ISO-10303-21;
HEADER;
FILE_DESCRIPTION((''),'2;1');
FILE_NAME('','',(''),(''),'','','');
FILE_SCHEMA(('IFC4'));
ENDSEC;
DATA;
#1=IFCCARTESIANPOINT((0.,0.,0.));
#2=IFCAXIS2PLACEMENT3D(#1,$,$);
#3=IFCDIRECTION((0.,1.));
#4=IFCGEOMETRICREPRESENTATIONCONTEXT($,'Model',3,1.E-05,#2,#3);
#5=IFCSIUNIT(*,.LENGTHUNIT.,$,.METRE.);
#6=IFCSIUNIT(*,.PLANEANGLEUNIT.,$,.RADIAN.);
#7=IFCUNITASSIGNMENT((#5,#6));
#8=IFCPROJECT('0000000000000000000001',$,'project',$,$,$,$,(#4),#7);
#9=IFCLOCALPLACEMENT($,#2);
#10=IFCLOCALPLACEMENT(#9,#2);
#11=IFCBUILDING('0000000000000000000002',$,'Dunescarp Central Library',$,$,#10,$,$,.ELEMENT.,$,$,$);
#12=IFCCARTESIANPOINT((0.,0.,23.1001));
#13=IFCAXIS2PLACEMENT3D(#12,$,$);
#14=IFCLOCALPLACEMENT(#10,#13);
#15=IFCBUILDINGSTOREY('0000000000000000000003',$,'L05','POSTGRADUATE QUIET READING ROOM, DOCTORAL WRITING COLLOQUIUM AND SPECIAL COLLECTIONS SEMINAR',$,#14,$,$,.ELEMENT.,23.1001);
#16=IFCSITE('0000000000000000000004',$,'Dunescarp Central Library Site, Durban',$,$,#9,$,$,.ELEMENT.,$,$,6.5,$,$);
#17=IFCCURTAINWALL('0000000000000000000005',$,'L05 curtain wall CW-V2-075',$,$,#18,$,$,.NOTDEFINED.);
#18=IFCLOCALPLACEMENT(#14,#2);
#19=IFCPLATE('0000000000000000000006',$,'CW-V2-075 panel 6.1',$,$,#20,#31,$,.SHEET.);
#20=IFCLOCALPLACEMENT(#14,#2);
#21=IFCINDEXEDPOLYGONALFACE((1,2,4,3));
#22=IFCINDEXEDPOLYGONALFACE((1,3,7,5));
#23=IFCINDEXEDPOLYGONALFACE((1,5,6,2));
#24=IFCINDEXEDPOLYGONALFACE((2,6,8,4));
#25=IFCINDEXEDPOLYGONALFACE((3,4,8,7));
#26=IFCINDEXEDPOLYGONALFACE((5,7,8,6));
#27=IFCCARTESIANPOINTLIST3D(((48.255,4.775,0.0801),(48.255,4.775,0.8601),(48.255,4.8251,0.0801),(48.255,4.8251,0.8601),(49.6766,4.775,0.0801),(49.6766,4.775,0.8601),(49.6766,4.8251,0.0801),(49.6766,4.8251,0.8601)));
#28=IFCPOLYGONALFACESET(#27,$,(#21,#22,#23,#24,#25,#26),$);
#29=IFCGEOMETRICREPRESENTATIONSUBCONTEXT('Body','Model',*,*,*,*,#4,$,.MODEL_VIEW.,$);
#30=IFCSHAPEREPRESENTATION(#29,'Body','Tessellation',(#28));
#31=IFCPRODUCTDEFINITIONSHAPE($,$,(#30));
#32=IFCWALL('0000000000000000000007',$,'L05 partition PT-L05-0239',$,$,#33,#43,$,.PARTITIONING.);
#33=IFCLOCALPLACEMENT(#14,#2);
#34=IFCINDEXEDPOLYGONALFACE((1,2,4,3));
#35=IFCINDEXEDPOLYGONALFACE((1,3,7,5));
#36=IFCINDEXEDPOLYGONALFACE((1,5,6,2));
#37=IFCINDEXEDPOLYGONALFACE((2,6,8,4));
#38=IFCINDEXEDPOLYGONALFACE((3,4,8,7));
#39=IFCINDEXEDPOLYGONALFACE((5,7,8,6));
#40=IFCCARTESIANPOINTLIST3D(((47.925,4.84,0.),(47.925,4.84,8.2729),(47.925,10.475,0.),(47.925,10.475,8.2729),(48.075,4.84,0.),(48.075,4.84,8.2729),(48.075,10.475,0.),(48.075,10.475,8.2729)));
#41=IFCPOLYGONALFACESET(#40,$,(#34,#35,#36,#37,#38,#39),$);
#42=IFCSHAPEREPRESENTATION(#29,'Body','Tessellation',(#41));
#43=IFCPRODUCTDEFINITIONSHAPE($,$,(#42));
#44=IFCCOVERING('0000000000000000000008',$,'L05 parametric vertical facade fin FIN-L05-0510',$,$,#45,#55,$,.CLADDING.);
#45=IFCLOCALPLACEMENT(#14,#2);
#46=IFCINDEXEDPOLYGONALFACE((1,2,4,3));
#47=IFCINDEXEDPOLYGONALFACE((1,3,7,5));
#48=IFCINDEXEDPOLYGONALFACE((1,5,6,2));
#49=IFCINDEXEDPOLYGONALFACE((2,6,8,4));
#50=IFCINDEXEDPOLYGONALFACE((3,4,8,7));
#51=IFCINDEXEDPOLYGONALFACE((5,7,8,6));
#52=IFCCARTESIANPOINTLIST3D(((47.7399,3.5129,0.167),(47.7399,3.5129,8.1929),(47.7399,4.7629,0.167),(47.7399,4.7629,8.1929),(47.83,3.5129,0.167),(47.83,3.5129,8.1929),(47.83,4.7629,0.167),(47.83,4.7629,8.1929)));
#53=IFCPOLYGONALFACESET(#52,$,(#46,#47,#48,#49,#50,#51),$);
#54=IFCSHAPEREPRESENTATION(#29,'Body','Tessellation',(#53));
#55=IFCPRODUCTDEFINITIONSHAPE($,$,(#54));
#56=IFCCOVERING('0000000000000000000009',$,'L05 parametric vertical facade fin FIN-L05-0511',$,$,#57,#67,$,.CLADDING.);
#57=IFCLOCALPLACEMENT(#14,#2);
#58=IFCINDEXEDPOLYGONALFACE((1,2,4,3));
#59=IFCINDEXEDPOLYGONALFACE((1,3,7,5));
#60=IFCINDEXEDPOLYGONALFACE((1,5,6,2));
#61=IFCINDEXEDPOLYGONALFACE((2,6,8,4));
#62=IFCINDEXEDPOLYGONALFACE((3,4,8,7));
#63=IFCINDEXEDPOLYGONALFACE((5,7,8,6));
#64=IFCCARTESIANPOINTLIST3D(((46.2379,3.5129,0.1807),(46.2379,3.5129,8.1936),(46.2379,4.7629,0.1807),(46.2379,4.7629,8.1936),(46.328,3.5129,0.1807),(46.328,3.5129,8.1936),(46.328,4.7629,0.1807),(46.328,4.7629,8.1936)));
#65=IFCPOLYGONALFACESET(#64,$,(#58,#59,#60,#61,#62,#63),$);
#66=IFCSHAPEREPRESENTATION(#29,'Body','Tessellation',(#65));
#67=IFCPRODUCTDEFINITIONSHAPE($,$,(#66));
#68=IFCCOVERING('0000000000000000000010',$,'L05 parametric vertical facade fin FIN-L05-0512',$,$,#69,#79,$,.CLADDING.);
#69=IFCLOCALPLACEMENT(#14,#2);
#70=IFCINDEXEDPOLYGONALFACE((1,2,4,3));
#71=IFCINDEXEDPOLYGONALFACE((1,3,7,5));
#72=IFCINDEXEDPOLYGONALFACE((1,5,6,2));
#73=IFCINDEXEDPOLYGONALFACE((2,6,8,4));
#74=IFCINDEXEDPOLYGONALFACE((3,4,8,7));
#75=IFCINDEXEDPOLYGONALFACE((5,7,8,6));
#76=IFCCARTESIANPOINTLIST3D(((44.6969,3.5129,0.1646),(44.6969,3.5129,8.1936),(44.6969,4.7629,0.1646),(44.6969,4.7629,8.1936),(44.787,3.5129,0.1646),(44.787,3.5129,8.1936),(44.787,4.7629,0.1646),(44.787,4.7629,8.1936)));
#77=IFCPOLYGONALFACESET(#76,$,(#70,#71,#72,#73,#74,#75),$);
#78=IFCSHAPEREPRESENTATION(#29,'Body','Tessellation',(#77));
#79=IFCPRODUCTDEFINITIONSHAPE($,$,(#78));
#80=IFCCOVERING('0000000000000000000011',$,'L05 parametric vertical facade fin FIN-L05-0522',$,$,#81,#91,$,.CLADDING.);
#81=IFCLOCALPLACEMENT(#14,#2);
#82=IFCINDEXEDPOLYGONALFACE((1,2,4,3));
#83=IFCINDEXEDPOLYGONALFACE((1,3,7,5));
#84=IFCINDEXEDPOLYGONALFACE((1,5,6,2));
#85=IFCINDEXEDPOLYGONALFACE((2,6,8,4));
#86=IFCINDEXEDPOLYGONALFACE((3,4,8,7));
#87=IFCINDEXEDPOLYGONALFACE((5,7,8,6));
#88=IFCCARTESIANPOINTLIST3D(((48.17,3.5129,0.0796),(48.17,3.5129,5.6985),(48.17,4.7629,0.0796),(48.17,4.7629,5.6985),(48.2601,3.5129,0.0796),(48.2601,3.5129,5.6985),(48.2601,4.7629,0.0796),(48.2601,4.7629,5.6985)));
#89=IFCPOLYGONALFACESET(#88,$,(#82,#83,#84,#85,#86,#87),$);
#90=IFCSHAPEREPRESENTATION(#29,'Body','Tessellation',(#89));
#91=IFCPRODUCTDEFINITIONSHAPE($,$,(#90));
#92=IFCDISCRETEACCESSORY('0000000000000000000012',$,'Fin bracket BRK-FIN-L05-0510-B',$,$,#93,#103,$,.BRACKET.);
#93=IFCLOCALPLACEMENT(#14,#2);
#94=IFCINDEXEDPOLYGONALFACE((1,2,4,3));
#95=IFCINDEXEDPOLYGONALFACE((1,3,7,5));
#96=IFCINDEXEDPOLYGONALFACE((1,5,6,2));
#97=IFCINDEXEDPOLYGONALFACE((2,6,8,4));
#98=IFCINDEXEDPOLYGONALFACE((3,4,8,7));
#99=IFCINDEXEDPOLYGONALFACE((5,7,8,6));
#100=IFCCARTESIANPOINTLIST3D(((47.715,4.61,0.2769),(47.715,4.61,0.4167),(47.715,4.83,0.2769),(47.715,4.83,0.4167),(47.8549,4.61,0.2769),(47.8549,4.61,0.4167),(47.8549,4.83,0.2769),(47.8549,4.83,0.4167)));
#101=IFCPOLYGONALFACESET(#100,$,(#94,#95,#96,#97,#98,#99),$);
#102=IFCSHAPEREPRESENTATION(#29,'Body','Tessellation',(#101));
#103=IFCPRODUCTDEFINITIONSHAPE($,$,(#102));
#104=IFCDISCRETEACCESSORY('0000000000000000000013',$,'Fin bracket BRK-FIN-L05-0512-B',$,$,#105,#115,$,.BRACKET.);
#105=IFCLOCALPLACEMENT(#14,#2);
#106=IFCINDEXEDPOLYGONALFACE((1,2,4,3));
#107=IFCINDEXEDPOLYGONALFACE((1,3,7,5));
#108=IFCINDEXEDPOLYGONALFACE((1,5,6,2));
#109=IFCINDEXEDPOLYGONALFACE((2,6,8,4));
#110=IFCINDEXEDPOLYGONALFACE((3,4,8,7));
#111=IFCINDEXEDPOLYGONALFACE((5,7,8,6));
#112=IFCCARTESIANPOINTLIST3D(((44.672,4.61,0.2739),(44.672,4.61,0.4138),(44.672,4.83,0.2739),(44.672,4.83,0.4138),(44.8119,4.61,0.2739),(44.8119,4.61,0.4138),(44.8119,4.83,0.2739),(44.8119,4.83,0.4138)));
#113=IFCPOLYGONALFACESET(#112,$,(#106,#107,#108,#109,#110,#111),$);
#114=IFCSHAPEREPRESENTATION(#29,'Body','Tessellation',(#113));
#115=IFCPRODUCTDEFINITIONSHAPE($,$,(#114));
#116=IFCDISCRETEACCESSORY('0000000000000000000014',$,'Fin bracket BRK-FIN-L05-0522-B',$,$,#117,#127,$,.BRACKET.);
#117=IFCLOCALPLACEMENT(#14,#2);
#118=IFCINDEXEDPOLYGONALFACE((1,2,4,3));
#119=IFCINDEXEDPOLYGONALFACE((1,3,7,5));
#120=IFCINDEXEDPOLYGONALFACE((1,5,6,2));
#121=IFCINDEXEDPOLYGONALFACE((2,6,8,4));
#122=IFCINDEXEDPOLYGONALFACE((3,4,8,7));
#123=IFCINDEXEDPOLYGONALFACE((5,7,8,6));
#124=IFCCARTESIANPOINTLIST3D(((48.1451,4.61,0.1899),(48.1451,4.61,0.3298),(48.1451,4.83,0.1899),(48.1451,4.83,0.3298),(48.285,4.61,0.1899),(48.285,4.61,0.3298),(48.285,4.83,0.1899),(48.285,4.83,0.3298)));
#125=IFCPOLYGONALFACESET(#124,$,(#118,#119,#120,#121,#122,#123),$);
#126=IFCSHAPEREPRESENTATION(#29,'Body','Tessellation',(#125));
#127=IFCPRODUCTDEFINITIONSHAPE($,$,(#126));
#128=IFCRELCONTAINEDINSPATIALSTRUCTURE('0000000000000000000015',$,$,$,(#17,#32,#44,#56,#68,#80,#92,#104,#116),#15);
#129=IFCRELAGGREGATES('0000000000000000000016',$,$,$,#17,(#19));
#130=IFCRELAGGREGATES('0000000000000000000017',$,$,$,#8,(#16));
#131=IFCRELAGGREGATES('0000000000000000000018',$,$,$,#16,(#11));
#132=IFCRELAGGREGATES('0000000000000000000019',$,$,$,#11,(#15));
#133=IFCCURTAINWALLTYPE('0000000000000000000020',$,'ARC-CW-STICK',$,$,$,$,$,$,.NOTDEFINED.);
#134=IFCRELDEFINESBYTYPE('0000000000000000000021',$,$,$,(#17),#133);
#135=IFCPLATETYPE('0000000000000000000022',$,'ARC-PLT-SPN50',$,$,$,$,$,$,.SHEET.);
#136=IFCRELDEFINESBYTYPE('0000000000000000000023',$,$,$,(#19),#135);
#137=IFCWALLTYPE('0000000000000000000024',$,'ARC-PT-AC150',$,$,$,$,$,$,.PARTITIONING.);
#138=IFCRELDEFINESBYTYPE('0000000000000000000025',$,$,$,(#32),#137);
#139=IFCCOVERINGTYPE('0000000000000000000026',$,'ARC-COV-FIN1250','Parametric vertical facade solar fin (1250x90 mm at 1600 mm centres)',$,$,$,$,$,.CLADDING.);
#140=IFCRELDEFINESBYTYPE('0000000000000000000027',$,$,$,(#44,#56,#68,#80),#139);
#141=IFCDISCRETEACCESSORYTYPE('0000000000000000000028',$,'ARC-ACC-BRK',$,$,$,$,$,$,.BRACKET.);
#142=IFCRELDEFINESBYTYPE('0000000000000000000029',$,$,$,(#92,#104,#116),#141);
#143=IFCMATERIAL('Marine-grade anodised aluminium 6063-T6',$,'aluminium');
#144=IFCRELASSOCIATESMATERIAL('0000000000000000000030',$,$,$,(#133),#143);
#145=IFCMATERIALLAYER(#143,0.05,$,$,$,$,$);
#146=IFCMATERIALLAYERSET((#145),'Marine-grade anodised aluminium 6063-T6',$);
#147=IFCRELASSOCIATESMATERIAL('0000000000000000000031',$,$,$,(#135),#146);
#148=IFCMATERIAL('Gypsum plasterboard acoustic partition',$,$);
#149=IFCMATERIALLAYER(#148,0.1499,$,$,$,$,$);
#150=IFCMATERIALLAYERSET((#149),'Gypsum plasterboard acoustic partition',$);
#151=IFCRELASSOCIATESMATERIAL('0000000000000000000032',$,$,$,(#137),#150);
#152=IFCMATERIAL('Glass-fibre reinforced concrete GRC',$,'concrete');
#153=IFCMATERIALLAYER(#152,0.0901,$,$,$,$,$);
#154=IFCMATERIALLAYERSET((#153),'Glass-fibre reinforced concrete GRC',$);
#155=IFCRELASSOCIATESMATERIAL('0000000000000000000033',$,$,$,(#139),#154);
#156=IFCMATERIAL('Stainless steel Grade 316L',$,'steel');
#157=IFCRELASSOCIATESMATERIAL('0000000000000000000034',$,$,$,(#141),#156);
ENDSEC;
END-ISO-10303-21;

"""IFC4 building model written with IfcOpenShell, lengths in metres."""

from ifc_helpers import new_model, si_unit, direction, frame, frame_2d, origin, origin_2d, place, context, subcontext, project, spatial, rectangle, extrude, material, layer, layer_set, type_object, element, aggregate, save


model = new_model("IFC4")

# Units and contexts
model_context = context("Model", 3, precision=1e-05, world=origin(), true_north=direction((0.0, 1.0)))
body_context = subcontext(model_context, "Body", "Model", "MODEL_VIEW")
ifc_project = project(units=[si_unit("LENGTHUNIT", "METRE"), si_unit("PLANEANGLEUNIT", "RADIAN")], contexts=[model_context])

# Site, building, storey
site_placement = place(None, origin())
site = spatial("IfcSite", under=ifc_project, at=site_placement, Name="Dunescarp Central Library Site, Durban", CompositionType="ELEMENT", RefElevation=6.5)
building_placement = place(site_placement, origin())
building = spatial("IfcBuilding", under=site, at=building_placement, Name="Dunescarp Central Library", CompositionType="ELEMENT")
storey_placement = place(building_placement, frame((0.0, 0.0, 23.1001)))
storey = spatial("IfcBuildingStorey", under=building, at=storey_placement, Name="L05", Description="POSTGRADUATE QUIET READING ROOM, DOCTORAL WRITING COLLOQUIUM AND SPECIAL COLLECTIONS SEMINAR", CompositionType="ELEMENT", Elevation=23.1001)

# Shared definitions
ifc_material_1 = material(Name="Marine-grade anodised aluminium 6063-T6", Category="aluminium")
curtain_wall_type = type_object("IfcCurtainWallType", Name="ARC-CW-STICK", PredefinedType="NOTDEFINED", material=ifc_material_1)

# Curtain wall
curtain_wall_1_placement = place(storey_placement, origin())
curtain_wall_1 = element("IfcCurtainWall", 1, at=curtain_wall_1_placement, inside=storey, type_object=curtain_wall_type, Name="L05 curtain wall CW-V2-075", PredefinedType="NOTDEFINED")

# Plate
ifc_layer_1 = layer(ifc_material_1, 0.05)
ifc_layer_set_1 = layer_set([ifc_layer_1], Name="Marine-grade anodised aluminium 6063-T6")
plate_type = type_object("IfcPlateType", Name="ARC-PLT-SPN50", PredefinedType="SHEET", material=ifc_layer_set_1)
plate_1_placement = place(storey_placement, frame((48.9658, 4.8, 0.0801), z_axis=(0.0, 0.0, 1.0), x_axis=(-1.0, 0.0, 0.0)))
plate_1 = element("IfcPlate", 2, at=plate_1_placement, type_object=plate_type, Name="CW-V2-075 panel 6.1", PredefinedType="SHEET", context=body_context, shape_type="SweptSolid", body=[
    extrude(rectangle(XDim=1.4216, YDim=0.05, at=origin_2d()), origin(), (0.0, 0.0, 1.0), 0.78),
])
aggregate(curtain_wall_1, [plate_1])

# Wall
ifc_material_2 = material(Name="Gypsum plasterboard acoustic partition")
ifc_layer_2 = layer(ifc_material_2, 0.1499)
ifc_layer_set_2 = layer_set([ifc_layer_2], Name="Gypsum plasterboard acoustic partition")
wall_type = type_object("IfcWallType", Name="ARC-PT-AC150", PredefinedType="PARTITIONING", material=ifc_layer_set_2)
wall_placement = place(storey_placement, frame((48.0, 4.8401, 0.0), z_axis=(0.0, 0.0, 1.0), x_axis=(0.0, 1.0, 0.0)))
element("IfcWall", 3, at=wall_placement, inside=storey, type_object=wall_type, Name="L05 partition PT-L05-0239", PredefinedType="PARTITIONING", context=body_context, shape_type="SweptSolid", body=[
    extrude(rectangle(XDim=5.635, YDim=0.1499, at=frame_2d((2.8174, 0.0))), origin(), (0.0, 0.0, 1.0), 8.2729),
])

# Coverings
ifc_material_3 = material(Name="Glass-fibre reinforced concrete GRC", Category="concrete")
ifc_layer_3 = layer(ifc_material_3, 0.0901)
ifc_layer_set_3 = layer_set([ifc_layer_3], Name="Glass-fibre reinforced concrete GRC")
covering_type = type_object("IfcCoveringType", Name="ARC-COV-FIN1250", Description="Parametric vertical facade solar fin (1250x90 mm at 1600 mm centres)", PredefinedType="CLADDING", material=ifc_layer_set_3)
covering_1_placement = place(storey_placement, frame((47.7849, 4.1379, 0.167), z_axis=(0.0, 0.0, 1.0), x_axis=(0.0, -1.0, 0.0)))
element("IfcCovering", 4, at=covering_1_placement, inside=storey, type_object=covering_type, Name="L05 parametric vertical facade fin FIN-L05-0510", PredefinedType="CLADDING", context=body_context, shape_type="SweptSolid", body=[
    extrude(rectangle(XDim=1.25, YDim=0.0901, at=origin_2d()), origin(), (0.0, 0.0, 1.0), 8.0259),
])
covering_2_placement = place(storey_placement, frame((46.283, 4.1379, 0.1807), z_axis=(0.0, 0.0, 1.0), x_axis=(0.0, -1.0, 0.0)))
element("IfcCovering", 5, at=covering_2_placement, inside=storey, type_object=covering_type, Name="L05 parametric vertical facade fin FIN-L05-0511", PredefinedType="CLADDING", context=body_context, shape_type="SweptSolid", body=[
    extrude(rectangle(XDim=1.25, YDim=0.0901, at=origin_2d()), origin(), (0.0, 0.0, 1.0), 8.0129),
])
covering_3_placement = place(storey_placement, frame((44.7419, 4.1379, 0.1646), z_axis=(0.0, 0.0, 1.0), x_axis=(0.0, -1.0, 0.0)))
element("IfcCovering", 6, at=covering_3_placement, inside=storey, type_object=covering_type, Name="L05 parametric vertical facade fin FIN-L05-0512", PredefinedType="CLADDING", context=body_context, shape_type="SweptSolid", body=[
    extrude(rectangle(XDim=1.25, YDim=0.0901, at=origin_2d()), origin(), (0.0, 0.0, 1.0), 8.0291),
])
covering_4_placement = place(storey_placement, frame((48.2151, 4.1379, 0.0796), z_axis=(0.0, 0.0, 1.0), x_axis=(0.0, -1.0, 0.0)))
element("IfcCovering", 7, at=covering_4_placement, inside=storey, type_object=covering_type, Name="L05 parametric vertical facade fin FIN-L05-0522", PredefinedType="CLADDING", context=body_context, shape_type="SweptSolid", body=[
    extrude(rectangle(XDim=1.25, YDim=0.0901, at=origin_2d()), origin(), (0.0, 0.0, 1.0), 5.6189),
])

# Discrete accessories
ifc_material_4 = material(Name="Stainless steel Grade 316L", Category="steel")
discrete_accessory_type = type_object("IfcDiscreteAccessoryType", Name="ARC-ACC-BRK", PredefinedType="BRACKET", material=ifc_material_4)
for number, where, z_axis, x_axis, name in (
    (8, (47.7849, 4.72, 0.2769), (0.0, 0.0, 1.0), (0.0, -1.0, 0.0), "Fin bracket BRK-FIN-L05-0510-B"),
    (9, (44.7419, 4.72, 0.2739), (0.0, 0.0, 1.0), (0.0, -1.0, 0.0), "Fin bracket BRK-FIN-L05-0512-B"),
    (10, (48.2151, 4.72, 0.1899), (0.0, 0.0, 1.0), (0.0, -1.0, 0.0), "Fin bracket BRK-FIN-L05-0522-B"),
):
    element("IfcDiscreteAccessory", number, at=place(storey_placement, frame(where, z_axis=z_axis, x_axis=x_axis)), inside=storey, type_object=discrete_accessory_type, Name=name, PredefinedType="BRACKET", context=body_context, shape_type="SweptSolid", body=[
        extrude(rectangle(XDim=0.22, YDim=0.1399, at=origin_2d()), origin(), (0.0, 0.0, 1.0), 0.1399),
    ])

save(model, "model.ifc")
